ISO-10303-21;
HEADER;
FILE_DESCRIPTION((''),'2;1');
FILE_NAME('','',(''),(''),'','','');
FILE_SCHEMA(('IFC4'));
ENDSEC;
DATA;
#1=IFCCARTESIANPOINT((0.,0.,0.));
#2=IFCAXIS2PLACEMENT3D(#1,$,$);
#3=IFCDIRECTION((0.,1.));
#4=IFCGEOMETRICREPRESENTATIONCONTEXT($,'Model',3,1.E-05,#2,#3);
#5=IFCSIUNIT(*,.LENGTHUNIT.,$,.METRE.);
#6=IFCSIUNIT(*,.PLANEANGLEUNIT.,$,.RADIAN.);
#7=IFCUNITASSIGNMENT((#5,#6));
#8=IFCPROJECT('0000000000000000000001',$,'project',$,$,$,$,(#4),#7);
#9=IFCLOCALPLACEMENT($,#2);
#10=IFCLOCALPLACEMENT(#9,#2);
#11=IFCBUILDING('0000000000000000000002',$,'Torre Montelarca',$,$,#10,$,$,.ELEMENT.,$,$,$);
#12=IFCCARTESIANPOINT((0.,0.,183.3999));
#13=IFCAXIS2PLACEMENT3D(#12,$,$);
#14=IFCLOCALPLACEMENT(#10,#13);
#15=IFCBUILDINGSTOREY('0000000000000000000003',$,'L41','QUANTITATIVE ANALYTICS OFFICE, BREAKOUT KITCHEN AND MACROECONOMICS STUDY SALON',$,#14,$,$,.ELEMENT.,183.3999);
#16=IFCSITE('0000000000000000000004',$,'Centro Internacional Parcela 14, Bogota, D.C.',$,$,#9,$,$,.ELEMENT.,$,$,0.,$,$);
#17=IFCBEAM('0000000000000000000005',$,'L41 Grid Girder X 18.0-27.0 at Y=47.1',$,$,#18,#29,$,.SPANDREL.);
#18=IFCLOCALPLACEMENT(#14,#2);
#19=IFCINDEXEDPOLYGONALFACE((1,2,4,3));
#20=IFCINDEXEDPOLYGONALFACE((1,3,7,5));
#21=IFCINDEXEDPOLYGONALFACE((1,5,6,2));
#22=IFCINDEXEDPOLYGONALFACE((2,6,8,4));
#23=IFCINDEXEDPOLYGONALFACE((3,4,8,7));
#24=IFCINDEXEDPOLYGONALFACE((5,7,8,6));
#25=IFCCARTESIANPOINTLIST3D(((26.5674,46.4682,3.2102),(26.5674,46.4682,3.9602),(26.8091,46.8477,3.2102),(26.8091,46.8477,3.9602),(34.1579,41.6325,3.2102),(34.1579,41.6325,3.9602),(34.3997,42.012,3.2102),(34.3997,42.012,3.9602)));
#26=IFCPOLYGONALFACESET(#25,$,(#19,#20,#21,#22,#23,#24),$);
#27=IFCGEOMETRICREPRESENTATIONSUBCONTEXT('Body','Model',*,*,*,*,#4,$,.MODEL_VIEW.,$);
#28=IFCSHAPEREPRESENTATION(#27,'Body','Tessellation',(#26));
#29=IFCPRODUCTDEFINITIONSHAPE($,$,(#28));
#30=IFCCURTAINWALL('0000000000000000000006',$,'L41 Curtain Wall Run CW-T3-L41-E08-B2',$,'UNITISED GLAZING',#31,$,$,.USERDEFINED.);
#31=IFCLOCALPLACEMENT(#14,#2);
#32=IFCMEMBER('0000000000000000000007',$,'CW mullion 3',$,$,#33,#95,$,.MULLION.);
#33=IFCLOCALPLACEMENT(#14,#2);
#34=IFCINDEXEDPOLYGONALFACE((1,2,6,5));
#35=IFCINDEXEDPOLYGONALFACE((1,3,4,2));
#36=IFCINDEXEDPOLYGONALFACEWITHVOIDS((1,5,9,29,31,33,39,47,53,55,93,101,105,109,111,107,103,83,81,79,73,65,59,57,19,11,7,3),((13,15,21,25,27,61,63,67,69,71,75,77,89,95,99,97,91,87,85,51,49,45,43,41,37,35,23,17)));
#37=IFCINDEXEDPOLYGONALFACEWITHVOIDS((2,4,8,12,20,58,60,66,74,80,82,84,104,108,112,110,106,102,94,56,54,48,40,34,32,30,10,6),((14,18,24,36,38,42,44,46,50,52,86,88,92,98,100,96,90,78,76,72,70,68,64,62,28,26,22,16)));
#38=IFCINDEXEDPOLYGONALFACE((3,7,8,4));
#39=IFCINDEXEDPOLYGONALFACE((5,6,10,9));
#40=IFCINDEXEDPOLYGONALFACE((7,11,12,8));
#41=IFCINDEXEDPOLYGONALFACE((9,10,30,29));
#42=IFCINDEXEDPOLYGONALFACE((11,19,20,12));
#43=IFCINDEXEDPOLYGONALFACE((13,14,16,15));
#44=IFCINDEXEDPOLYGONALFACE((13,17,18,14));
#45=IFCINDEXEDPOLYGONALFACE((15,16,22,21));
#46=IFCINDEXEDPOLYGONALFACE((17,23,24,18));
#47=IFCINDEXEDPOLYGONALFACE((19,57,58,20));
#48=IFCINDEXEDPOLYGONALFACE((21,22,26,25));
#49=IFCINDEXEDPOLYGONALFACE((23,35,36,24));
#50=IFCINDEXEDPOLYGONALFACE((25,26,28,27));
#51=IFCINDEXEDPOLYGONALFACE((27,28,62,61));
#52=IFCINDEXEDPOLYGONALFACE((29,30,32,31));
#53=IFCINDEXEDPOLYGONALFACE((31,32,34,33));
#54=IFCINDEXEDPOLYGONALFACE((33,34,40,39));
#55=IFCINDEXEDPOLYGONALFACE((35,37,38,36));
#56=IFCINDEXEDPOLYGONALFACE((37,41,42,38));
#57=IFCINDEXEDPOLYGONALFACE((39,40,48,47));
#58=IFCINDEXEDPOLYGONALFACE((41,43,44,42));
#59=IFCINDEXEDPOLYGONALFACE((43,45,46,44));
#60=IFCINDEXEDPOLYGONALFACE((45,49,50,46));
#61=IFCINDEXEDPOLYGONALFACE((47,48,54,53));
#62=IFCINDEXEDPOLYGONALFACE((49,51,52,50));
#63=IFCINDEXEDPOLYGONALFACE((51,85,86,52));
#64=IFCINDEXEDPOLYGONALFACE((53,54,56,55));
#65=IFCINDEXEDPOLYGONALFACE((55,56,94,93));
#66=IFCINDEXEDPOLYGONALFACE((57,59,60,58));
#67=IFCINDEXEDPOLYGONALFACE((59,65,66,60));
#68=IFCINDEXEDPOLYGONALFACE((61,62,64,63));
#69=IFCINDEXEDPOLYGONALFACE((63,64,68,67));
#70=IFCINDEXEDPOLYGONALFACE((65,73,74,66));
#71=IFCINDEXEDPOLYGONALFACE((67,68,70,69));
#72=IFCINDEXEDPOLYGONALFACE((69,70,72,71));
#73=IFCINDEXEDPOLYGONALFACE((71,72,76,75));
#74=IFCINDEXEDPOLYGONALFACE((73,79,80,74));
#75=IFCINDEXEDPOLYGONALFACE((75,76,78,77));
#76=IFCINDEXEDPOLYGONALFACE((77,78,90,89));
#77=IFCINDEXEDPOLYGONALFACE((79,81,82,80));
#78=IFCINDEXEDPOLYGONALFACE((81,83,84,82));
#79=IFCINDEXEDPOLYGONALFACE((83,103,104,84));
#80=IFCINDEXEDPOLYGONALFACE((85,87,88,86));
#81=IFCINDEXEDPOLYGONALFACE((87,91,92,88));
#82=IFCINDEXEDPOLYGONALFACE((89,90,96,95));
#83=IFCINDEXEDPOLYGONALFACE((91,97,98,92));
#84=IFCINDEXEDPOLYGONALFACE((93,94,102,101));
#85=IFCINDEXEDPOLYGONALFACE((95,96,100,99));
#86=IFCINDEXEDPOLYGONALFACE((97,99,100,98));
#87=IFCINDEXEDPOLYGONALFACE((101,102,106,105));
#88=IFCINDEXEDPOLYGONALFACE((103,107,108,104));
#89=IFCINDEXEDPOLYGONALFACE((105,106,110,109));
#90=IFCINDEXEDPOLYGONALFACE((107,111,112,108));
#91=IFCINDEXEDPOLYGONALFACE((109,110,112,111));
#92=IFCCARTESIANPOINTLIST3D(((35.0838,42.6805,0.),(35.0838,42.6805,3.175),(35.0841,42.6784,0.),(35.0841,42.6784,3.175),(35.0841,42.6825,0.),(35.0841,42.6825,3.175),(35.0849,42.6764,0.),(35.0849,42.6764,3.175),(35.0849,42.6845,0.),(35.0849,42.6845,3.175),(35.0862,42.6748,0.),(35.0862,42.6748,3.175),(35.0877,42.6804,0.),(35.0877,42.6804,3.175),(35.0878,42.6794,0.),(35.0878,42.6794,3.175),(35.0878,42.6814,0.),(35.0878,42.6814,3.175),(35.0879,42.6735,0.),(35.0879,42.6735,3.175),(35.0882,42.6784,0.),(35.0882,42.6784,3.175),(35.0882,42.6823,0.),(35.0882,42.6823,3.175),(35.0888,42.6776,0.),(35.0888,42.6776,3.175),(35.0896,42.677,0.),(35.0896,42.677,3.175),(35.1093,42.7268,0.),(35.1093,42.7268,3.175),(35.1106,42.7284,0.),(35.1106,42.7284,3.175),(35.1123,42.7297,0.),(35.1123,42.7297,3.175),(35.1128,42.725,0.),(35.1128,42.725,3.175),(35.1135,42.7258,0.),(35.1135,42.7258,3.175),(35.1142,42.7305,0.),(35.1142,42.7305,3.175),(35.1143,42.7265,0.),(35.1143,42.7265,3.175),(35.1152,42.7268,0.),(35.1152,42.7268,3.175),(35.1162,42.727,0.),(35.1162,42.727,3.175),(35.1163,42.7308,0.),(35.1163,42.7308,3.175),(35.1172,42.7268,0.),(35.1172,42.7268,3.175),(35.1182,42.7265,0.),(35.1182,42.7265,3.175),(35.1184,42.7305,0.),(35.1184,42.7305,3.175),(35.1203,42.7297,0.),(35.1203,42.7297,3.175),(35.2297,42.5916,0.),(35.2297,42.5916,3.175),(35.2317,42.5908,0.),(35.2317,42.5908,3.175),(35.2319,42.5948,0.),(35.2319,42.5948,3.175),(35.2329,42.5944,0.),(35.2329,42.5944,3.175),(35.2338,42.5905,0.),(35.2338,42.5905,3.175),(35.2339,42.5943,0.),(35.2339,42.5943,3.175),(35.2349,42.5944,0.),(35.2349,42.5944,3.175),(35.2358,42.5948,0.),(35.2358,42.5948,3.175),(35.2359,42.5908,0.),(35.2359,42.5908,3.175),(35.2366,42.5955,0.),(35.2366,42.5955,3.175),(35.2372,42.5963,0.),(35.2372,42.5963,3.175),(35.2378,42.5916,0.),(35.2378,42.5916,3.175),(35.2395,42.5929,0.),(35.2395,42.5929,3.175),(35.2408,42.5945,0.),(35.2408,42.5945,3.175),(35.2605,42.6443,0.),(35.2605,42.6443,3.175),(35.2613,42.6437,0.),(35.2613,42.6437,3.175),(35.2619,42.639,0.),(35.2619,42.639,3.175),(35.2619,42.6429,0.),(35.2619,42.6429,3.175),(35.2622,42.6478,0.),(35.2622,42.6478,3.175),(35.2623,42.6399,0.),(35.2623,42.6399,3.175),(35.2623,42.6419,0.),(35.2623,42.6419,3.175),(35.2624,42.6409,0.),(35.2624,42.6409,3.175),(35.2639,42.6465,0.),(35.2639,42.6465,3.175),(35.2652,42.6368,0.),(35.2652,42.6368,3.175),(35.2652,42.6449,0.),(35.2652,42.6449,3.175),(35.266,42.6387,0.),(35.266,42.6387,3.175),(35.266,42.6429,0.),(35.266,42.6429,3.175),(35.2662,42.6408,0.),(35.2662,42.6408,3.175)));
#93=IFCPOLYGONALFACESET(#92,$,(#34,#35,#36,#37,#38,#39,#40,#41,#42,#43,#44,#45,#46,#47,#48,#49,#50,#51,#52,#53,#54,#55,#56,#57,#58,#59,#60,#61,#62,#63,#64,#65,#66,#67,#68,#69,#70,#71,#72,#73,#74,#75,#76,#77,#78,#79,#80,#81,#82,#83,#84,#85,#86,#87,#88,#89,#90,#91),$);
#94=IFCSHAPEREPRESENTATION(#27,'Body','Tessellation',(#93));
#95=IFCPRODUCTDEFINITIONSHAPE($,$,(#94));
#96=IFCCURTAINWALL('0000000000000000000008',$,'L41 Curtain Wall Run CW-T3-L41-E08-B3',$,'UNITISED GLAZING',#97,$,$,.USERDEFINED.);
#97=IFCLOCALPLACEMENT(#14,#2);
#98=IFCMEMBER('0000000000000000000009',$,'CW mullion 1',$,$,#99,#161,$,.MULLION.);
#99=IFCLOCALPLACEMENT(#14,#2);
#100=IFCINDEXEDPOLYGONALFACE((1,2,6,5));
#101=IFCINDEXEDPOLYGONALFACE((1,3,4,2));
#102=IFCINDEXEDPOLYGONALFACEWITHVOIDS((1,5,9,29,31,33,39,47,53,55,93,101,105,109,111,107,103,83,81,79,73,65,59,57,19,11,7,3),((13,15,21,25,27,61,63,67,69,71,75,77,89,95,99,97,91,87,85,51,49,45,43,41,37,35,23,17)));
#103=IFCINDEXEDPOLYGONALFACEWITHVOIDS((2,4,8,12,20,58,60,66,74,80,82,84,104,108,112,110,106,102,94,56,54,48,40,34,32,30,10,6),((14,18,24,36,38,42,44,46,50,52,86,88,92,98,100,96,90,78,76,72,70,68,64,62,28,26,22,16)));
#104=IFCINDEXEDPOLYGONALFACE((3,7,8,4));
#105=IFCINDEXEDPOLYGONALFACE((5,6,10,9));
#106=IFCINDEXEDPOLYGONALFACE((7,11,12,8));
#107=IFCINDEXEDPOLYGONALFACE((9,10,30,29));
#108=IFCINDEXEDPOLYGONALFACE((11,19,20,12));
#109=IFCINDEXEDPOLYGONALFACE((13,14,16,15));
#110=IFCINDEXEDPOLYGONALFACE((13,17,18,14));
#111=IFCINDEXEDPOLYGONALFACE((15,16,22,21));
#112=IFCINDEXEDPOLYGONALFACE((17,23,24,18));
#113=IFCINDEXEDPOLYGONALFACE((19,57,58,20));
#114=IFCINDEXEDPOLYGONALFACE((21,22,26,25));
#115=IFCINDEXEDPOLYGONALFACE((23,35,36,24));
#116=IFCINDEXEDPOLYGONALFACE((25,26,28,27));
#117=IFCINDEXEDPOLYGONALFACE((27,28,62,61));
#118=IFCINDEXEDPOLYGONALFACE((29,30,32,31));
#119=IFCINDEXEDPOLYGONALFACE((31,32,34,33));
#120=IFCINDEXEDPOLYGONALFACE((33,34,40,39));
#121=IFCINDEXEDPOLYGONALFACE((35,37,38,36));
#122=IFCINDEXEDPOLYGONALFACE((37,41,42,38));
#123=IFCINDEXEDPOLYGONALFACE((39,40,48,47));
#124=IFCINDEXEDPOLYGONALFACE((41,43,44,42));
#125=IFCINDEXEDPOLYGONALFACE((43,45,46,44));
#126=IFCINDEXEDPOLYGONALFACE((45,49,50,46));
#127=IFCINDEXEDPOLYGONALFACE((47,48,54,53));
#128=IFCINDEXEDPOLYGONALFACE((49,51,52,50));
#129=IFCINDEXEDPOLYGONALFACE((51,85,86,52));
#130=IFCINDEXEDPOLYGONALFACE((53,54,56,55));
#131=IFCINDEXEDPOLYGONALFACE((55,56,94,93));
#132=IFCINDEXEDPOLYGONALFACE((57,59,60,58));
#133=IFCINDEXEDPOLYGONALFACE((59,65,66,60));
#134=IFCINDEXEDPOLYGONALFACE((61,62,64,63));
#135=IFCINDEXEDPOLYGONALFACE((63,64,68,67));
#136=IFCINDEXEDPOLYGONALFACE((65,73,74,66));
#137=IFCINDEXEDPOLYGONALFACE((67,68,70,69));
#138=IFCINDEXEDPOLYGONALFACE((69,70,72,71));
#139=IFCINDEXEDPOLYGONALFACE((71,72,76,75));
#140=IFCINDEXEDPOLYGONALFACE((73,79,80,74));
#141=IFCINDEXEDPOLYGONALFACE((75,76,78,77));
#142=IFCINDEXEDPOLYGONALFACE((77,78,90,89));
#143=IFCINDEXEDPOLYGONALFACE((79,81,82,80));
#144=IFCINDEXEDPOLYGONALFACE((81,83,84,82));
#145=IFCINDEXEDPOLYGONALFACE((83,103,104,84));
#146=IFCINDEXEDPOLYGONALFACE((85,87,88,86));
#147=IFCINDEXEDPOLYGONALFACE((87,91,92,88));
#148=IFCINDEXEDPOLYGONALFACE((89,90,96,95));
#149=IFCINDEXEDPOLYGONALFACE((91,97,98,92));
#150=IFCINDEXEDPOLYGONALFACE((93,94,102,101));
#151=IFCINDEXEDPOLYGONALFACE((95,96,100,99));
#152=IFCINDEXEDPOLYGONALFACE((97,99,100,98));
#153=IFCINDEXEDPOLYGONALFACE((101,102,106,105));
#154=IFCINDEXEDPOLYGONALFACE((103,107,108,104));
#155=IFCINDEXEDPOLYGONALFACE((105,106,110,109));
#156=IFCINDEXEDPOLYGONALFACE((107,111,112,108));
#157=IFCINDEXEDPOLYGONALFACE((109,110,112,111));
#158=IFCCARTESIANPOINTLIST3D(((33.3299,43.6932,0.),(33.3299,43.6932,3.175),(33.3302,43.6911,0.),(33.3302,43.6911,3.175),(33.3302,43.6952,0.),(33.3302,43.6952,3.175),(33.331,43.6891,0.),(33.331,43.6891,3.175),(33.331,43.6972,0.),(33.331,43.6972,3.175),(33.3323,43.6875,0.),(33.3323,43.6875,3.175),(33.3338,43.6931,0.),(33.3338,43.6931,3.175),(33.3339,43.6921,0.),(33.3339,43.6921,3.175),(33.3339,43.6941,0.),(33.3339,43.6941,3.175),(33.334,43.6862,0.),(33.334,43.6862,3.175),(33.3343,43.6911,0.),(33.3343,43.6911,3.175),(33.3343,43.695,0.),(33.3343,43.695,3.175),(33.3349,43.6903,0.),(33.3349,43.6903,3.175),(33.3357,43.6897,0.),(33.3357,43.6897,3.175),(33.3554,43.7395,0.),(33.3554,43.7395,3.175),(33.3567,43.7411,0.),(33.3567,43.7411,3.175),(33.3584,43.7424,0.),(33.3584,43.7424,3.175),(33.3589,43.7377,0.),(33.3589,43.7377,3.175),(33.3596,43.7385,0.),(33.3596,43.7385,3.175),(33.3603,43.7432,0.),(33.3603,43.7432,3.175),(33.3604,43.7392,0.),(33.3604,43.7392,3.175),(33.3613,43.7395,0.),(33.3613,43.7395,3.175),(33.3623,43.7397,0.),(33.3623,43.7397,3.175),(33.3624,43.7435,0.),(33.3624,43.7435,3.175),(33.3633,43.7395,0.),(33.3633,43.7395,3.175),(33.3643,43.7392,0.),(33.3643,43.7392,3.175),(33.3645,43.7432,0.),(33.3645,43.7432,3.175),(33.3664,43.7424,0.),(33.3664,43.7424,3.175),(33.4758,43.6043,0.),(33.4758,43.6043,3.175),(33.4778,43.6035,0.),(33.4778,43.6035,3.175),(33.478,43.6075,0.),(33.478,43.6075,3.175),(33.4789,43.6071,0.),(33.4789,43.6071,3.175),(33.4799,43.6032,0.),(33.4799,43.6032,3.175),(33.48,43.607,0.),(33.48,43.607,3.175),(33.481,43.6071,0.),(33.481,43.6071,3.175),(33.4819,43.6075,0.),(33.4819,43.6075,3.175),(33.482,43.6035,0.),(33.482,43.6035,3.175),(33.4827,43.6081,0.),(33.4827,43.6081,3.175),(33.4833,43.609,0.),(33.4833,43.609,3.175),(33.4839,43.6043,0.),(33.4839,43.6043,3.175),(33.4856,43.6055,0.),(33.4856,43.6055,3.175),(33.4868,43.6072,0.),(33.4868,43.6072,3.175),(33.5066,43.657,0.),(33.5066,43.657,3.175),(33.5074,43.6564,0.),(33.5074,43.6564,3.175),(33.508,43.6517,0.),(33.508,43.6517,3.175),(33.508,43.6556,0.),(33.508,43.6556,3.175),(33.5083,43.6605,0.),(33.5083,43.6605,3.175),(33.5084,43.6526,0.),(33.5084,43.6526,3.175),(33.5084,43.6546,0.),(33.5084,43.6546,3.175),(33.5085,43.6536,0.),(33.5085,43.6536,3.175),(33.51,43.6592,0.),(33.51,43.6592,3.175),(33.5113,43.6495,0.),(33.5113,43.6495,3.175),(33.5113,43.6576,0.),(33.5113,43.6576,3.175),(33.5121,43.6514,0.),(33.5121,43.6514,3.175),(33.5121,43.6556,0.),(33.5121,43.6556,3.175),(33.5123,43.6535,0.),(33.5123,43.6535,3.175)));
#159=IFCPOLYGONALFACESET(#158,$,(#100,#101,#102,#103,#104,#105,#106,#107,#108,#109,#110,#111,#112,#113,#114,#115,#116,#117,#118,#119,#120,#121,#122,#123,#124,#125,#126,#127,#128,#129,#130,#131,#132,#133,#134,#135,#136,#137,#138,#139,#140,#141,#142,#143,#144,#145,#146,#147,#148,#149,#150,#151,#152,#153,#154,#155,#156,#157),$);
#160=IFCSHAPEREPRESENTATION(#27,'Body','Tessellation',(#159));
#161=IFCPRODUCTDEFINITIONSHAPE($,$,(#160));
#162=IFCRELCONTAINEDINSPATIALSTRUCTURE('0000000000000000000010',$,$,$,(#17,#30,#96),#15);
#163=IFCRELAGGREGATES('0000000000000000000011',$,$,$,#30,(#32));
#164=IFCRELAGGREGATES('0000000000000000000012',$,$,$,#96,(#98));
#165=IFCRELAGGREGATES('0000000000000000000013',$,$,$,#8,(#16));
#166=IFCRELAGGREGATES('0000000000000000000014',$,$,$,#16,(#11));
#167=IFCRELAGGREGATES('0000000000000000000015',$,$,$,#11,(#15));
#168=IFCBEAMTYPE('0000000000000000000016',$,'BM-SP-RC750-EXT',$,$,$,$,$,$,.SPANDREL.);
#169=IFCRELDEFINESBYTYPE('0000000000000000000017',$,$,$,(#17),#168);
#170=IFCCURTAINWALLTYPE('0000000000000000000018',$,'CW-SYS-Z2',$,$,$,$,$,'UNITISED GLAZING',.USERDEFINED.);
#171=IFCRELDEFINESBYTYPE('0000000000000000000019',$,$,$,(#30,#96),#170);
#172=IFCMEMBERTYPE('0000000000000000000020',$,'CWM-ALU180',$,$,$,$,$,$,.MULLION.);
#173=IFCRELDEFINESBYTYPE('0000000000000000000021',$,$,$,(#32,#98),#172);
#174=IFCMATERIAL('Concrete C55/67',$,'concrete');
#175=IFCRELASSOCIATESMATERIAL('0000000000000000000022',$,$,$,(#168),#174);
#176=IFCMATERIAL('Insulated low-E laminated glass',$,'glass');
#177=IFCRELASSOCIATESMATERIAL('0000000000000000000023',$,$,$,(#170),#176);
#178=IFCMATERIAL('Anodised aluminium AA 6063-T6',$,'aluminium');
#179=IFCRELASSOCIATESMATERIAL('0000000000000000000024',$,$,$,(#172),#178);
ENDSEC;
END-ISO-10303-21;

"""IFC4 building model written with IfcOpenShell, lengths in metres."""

from ifc_helpers import new_model, si_unit, direction, frame, origin, origin_2d, place, context, subcontext, project, spatial, rectangle, hollow_rectangle, extrude, source, transform, mapped, material, material_profile, profile_set, type_object, element, aggregate, save


model = new_model("IFC4")

# Units and contexts
model_context = context("Model", 3, precision=1e-05, world=origin(), true_north=direction((0.0, 1.0)))
body_context = subcontext(model_context, "Body", "Model", "MODEL_VIEW")
ifc_project = project(units=[si_unit("LENGTHUNIT", "METRE"), si_unit("PLANEANGLEUNIT", "RADIAN")], contexts=[model_context])

# Site, building, storey
site_placement = place(None, origin())
site = spatial("IfcSite", under=ifc_project, at=site_placement, Name="Centro Internacional Parcela 14, Bogota, D.C.", CompositionType="ELEMENT", RefElevation=0.0)
building_placement = place(site_placement, origin())
building = spatial("IfcBuilding", under=site, at=building_placement, Name="Torre Montelarca", CompositionType="ELEMENT")
storey_placement = place(building_placement, frame((0.0, 0.0, 183.3999)))
storey = spatial("IfcBuildingStorey", under=building, at=storey_placement, Name="L41", Description="QUANTITATIVE ANALYTICS OFFICE, BREAKOUT KITCHEN AND MACROECONOMICS STUDY SALON", CompositionType="ELEMENT", Elevation=183.3999)

# Shared definitions
ifc_material_1 = material(Name="Concrete C55/67", Category="concrete")

# Beam
ifc_material_profile_1 = material_profile(ifc_material_1, rectangle(XDim=0.45, YDim=0.75, at=origin_2d()), Name="RCB450X750", Category="concrete")
ifc_profile_set_1 = profile_set([ifc_material_profile_1], Name="Concrete C55/67")
beam_type = type_object("IfcBeamType", Name="BM-SP-RC750-EXT", PredefinedType="SPANDREL", material=ifc_profile_set_1)
shared_shape_1 = source(origin(), body_context, "Body", "SweptSolid", [
    extrude(rectangle(XDim=0.45, YDim=0.75, at=origin_2d()), origin(), (0.0, 0.0, 1.0), 9.0),
])
beam_placement = place(storey_placement, frame((26.6882, 46.658, 3.5852), z_axis=(0.843393, -0.537297, 0.0), x_axis=(0.537297, 0.843393, 0.0)))
element("IfcBeam", 1, at=beam_placement, inside=storey, type_object=beam_type, Name="L41 Grid Girder X 18.0-27.0 at Y=47.1", PredefinedType="SPANDREL", context=body_context, shape_type="MappedRepresentation", body=[
    mapped(shared_shape_1, transform((0.0, 0.0, 0.0), scale=1.0)),
])

# Curtain wall, member
ifc_material_2 = material(Name="Insulated low-E laminated glass", Category="glass")
curtain_wall_type = type_object("IfcCurtainWallType", Name="CW-SYS-Z2", ElementType="UNITISED GLAZING", PredefinedType="USERDEFINED", material=ifc_material_2)
curtain_wall_1_placement = place(storey_placement, origin())
curtain_wall_1 = element("IfcCurtainWall", 2, at=curtain_wall_1_placement, inside=storey, type_object=curtain_wall_type, Name="L41 Curtain Wall Run CW-T3-L41-E08-B2", ObjectType="UNITISED GLAZING", PredefinedType="USERDEFINED")
ifc_material_3 = material(Name="Anodised aluminium AA 6063-T6", Category="aluminium")
ifc_material_profile_2 = material_profile(ifc_material_3, hollow_rectangle(XDim=0.0649, YDim=0.1799, WallThickness=0.0039, InnerFilletRadius=0.0039, OuterFilletRadius=0.0081, at=origin_2d()), Name="ALU65X180X4", Category="aluminium")
ifc_profile_set_2 = profile_set([ifc_material_profile_2], Name="Anodised aluminium AA 6063-T6")
member_type_1 = type_object("IfcMemberType", Name="CWM-ALU180", PredefinedType="MULLION", material=ifc_profile_set_2)
shared_shape_2 = source(origin(), body_context, "Body", "SweptSolid", [
    extrude(hollow_rectangle(XDim=0.0649, YDim=0.1799, WallThickness=0.0039, InnerFilletRadius=0.0039, OuterFilletRadius=0.0081, at=origin_2d()), origin(), (0.0, 0.0, 1.0), 3.175),
])
member_1_placement = place(storey_placement, frame((35.175, 42.6606, 0.0), z_axis=(0.0, 0.0, 1.0), x_axis=(-0.499995, -0.866028, 0.0)))
member_1 = element("IfcMember", 3, at=member_1_placement, type_object=member_type_1, Name="CW mullion 3", PredefinedType="MULLION", context=body_context, shape_type="MappedRepresentation", body=[
    mapped(shared_shape_2, transform((0.0, 0.0, 0.0), scale=1.0)),
])
aggregate(curtain_wall_1, [member_1])

# Curtain wall, member
curtain_wall_2_placement = place(storey_placement, origin())
curtain_wall_2 = element("IfcCurtainWall", 4, at=curtain_wall_2_placement, inside=storey, type_object=curtain_wall_type, Name="L41 Curtain Wall Run CW-T3-L41-E08-B3", ObjectType="UNITISED GLAZING", PredefinedType="USERDEFINED")
member_2_placement = place(storey_placement, frame((33.4211, 43.6733, 0.0), z_axis=(0.0, 0.0, 1.0), x_axis=(-0.5, -0.866025, 0.0)))
member_2 = element("IfcMember", 5, at=member_2_placement, type_object=member_type_1, Name="CW mullion 1", PredefinedType="MULLION", context=body_context, shape_type="MappedRepresentation", body=[
    mapped(shared_shape_2, transform((0.0, 0.0, 0.0), scale=1.0)),
])

aggregate(curtain_wall_2, [member_2])

save(model, "model.ifc")
